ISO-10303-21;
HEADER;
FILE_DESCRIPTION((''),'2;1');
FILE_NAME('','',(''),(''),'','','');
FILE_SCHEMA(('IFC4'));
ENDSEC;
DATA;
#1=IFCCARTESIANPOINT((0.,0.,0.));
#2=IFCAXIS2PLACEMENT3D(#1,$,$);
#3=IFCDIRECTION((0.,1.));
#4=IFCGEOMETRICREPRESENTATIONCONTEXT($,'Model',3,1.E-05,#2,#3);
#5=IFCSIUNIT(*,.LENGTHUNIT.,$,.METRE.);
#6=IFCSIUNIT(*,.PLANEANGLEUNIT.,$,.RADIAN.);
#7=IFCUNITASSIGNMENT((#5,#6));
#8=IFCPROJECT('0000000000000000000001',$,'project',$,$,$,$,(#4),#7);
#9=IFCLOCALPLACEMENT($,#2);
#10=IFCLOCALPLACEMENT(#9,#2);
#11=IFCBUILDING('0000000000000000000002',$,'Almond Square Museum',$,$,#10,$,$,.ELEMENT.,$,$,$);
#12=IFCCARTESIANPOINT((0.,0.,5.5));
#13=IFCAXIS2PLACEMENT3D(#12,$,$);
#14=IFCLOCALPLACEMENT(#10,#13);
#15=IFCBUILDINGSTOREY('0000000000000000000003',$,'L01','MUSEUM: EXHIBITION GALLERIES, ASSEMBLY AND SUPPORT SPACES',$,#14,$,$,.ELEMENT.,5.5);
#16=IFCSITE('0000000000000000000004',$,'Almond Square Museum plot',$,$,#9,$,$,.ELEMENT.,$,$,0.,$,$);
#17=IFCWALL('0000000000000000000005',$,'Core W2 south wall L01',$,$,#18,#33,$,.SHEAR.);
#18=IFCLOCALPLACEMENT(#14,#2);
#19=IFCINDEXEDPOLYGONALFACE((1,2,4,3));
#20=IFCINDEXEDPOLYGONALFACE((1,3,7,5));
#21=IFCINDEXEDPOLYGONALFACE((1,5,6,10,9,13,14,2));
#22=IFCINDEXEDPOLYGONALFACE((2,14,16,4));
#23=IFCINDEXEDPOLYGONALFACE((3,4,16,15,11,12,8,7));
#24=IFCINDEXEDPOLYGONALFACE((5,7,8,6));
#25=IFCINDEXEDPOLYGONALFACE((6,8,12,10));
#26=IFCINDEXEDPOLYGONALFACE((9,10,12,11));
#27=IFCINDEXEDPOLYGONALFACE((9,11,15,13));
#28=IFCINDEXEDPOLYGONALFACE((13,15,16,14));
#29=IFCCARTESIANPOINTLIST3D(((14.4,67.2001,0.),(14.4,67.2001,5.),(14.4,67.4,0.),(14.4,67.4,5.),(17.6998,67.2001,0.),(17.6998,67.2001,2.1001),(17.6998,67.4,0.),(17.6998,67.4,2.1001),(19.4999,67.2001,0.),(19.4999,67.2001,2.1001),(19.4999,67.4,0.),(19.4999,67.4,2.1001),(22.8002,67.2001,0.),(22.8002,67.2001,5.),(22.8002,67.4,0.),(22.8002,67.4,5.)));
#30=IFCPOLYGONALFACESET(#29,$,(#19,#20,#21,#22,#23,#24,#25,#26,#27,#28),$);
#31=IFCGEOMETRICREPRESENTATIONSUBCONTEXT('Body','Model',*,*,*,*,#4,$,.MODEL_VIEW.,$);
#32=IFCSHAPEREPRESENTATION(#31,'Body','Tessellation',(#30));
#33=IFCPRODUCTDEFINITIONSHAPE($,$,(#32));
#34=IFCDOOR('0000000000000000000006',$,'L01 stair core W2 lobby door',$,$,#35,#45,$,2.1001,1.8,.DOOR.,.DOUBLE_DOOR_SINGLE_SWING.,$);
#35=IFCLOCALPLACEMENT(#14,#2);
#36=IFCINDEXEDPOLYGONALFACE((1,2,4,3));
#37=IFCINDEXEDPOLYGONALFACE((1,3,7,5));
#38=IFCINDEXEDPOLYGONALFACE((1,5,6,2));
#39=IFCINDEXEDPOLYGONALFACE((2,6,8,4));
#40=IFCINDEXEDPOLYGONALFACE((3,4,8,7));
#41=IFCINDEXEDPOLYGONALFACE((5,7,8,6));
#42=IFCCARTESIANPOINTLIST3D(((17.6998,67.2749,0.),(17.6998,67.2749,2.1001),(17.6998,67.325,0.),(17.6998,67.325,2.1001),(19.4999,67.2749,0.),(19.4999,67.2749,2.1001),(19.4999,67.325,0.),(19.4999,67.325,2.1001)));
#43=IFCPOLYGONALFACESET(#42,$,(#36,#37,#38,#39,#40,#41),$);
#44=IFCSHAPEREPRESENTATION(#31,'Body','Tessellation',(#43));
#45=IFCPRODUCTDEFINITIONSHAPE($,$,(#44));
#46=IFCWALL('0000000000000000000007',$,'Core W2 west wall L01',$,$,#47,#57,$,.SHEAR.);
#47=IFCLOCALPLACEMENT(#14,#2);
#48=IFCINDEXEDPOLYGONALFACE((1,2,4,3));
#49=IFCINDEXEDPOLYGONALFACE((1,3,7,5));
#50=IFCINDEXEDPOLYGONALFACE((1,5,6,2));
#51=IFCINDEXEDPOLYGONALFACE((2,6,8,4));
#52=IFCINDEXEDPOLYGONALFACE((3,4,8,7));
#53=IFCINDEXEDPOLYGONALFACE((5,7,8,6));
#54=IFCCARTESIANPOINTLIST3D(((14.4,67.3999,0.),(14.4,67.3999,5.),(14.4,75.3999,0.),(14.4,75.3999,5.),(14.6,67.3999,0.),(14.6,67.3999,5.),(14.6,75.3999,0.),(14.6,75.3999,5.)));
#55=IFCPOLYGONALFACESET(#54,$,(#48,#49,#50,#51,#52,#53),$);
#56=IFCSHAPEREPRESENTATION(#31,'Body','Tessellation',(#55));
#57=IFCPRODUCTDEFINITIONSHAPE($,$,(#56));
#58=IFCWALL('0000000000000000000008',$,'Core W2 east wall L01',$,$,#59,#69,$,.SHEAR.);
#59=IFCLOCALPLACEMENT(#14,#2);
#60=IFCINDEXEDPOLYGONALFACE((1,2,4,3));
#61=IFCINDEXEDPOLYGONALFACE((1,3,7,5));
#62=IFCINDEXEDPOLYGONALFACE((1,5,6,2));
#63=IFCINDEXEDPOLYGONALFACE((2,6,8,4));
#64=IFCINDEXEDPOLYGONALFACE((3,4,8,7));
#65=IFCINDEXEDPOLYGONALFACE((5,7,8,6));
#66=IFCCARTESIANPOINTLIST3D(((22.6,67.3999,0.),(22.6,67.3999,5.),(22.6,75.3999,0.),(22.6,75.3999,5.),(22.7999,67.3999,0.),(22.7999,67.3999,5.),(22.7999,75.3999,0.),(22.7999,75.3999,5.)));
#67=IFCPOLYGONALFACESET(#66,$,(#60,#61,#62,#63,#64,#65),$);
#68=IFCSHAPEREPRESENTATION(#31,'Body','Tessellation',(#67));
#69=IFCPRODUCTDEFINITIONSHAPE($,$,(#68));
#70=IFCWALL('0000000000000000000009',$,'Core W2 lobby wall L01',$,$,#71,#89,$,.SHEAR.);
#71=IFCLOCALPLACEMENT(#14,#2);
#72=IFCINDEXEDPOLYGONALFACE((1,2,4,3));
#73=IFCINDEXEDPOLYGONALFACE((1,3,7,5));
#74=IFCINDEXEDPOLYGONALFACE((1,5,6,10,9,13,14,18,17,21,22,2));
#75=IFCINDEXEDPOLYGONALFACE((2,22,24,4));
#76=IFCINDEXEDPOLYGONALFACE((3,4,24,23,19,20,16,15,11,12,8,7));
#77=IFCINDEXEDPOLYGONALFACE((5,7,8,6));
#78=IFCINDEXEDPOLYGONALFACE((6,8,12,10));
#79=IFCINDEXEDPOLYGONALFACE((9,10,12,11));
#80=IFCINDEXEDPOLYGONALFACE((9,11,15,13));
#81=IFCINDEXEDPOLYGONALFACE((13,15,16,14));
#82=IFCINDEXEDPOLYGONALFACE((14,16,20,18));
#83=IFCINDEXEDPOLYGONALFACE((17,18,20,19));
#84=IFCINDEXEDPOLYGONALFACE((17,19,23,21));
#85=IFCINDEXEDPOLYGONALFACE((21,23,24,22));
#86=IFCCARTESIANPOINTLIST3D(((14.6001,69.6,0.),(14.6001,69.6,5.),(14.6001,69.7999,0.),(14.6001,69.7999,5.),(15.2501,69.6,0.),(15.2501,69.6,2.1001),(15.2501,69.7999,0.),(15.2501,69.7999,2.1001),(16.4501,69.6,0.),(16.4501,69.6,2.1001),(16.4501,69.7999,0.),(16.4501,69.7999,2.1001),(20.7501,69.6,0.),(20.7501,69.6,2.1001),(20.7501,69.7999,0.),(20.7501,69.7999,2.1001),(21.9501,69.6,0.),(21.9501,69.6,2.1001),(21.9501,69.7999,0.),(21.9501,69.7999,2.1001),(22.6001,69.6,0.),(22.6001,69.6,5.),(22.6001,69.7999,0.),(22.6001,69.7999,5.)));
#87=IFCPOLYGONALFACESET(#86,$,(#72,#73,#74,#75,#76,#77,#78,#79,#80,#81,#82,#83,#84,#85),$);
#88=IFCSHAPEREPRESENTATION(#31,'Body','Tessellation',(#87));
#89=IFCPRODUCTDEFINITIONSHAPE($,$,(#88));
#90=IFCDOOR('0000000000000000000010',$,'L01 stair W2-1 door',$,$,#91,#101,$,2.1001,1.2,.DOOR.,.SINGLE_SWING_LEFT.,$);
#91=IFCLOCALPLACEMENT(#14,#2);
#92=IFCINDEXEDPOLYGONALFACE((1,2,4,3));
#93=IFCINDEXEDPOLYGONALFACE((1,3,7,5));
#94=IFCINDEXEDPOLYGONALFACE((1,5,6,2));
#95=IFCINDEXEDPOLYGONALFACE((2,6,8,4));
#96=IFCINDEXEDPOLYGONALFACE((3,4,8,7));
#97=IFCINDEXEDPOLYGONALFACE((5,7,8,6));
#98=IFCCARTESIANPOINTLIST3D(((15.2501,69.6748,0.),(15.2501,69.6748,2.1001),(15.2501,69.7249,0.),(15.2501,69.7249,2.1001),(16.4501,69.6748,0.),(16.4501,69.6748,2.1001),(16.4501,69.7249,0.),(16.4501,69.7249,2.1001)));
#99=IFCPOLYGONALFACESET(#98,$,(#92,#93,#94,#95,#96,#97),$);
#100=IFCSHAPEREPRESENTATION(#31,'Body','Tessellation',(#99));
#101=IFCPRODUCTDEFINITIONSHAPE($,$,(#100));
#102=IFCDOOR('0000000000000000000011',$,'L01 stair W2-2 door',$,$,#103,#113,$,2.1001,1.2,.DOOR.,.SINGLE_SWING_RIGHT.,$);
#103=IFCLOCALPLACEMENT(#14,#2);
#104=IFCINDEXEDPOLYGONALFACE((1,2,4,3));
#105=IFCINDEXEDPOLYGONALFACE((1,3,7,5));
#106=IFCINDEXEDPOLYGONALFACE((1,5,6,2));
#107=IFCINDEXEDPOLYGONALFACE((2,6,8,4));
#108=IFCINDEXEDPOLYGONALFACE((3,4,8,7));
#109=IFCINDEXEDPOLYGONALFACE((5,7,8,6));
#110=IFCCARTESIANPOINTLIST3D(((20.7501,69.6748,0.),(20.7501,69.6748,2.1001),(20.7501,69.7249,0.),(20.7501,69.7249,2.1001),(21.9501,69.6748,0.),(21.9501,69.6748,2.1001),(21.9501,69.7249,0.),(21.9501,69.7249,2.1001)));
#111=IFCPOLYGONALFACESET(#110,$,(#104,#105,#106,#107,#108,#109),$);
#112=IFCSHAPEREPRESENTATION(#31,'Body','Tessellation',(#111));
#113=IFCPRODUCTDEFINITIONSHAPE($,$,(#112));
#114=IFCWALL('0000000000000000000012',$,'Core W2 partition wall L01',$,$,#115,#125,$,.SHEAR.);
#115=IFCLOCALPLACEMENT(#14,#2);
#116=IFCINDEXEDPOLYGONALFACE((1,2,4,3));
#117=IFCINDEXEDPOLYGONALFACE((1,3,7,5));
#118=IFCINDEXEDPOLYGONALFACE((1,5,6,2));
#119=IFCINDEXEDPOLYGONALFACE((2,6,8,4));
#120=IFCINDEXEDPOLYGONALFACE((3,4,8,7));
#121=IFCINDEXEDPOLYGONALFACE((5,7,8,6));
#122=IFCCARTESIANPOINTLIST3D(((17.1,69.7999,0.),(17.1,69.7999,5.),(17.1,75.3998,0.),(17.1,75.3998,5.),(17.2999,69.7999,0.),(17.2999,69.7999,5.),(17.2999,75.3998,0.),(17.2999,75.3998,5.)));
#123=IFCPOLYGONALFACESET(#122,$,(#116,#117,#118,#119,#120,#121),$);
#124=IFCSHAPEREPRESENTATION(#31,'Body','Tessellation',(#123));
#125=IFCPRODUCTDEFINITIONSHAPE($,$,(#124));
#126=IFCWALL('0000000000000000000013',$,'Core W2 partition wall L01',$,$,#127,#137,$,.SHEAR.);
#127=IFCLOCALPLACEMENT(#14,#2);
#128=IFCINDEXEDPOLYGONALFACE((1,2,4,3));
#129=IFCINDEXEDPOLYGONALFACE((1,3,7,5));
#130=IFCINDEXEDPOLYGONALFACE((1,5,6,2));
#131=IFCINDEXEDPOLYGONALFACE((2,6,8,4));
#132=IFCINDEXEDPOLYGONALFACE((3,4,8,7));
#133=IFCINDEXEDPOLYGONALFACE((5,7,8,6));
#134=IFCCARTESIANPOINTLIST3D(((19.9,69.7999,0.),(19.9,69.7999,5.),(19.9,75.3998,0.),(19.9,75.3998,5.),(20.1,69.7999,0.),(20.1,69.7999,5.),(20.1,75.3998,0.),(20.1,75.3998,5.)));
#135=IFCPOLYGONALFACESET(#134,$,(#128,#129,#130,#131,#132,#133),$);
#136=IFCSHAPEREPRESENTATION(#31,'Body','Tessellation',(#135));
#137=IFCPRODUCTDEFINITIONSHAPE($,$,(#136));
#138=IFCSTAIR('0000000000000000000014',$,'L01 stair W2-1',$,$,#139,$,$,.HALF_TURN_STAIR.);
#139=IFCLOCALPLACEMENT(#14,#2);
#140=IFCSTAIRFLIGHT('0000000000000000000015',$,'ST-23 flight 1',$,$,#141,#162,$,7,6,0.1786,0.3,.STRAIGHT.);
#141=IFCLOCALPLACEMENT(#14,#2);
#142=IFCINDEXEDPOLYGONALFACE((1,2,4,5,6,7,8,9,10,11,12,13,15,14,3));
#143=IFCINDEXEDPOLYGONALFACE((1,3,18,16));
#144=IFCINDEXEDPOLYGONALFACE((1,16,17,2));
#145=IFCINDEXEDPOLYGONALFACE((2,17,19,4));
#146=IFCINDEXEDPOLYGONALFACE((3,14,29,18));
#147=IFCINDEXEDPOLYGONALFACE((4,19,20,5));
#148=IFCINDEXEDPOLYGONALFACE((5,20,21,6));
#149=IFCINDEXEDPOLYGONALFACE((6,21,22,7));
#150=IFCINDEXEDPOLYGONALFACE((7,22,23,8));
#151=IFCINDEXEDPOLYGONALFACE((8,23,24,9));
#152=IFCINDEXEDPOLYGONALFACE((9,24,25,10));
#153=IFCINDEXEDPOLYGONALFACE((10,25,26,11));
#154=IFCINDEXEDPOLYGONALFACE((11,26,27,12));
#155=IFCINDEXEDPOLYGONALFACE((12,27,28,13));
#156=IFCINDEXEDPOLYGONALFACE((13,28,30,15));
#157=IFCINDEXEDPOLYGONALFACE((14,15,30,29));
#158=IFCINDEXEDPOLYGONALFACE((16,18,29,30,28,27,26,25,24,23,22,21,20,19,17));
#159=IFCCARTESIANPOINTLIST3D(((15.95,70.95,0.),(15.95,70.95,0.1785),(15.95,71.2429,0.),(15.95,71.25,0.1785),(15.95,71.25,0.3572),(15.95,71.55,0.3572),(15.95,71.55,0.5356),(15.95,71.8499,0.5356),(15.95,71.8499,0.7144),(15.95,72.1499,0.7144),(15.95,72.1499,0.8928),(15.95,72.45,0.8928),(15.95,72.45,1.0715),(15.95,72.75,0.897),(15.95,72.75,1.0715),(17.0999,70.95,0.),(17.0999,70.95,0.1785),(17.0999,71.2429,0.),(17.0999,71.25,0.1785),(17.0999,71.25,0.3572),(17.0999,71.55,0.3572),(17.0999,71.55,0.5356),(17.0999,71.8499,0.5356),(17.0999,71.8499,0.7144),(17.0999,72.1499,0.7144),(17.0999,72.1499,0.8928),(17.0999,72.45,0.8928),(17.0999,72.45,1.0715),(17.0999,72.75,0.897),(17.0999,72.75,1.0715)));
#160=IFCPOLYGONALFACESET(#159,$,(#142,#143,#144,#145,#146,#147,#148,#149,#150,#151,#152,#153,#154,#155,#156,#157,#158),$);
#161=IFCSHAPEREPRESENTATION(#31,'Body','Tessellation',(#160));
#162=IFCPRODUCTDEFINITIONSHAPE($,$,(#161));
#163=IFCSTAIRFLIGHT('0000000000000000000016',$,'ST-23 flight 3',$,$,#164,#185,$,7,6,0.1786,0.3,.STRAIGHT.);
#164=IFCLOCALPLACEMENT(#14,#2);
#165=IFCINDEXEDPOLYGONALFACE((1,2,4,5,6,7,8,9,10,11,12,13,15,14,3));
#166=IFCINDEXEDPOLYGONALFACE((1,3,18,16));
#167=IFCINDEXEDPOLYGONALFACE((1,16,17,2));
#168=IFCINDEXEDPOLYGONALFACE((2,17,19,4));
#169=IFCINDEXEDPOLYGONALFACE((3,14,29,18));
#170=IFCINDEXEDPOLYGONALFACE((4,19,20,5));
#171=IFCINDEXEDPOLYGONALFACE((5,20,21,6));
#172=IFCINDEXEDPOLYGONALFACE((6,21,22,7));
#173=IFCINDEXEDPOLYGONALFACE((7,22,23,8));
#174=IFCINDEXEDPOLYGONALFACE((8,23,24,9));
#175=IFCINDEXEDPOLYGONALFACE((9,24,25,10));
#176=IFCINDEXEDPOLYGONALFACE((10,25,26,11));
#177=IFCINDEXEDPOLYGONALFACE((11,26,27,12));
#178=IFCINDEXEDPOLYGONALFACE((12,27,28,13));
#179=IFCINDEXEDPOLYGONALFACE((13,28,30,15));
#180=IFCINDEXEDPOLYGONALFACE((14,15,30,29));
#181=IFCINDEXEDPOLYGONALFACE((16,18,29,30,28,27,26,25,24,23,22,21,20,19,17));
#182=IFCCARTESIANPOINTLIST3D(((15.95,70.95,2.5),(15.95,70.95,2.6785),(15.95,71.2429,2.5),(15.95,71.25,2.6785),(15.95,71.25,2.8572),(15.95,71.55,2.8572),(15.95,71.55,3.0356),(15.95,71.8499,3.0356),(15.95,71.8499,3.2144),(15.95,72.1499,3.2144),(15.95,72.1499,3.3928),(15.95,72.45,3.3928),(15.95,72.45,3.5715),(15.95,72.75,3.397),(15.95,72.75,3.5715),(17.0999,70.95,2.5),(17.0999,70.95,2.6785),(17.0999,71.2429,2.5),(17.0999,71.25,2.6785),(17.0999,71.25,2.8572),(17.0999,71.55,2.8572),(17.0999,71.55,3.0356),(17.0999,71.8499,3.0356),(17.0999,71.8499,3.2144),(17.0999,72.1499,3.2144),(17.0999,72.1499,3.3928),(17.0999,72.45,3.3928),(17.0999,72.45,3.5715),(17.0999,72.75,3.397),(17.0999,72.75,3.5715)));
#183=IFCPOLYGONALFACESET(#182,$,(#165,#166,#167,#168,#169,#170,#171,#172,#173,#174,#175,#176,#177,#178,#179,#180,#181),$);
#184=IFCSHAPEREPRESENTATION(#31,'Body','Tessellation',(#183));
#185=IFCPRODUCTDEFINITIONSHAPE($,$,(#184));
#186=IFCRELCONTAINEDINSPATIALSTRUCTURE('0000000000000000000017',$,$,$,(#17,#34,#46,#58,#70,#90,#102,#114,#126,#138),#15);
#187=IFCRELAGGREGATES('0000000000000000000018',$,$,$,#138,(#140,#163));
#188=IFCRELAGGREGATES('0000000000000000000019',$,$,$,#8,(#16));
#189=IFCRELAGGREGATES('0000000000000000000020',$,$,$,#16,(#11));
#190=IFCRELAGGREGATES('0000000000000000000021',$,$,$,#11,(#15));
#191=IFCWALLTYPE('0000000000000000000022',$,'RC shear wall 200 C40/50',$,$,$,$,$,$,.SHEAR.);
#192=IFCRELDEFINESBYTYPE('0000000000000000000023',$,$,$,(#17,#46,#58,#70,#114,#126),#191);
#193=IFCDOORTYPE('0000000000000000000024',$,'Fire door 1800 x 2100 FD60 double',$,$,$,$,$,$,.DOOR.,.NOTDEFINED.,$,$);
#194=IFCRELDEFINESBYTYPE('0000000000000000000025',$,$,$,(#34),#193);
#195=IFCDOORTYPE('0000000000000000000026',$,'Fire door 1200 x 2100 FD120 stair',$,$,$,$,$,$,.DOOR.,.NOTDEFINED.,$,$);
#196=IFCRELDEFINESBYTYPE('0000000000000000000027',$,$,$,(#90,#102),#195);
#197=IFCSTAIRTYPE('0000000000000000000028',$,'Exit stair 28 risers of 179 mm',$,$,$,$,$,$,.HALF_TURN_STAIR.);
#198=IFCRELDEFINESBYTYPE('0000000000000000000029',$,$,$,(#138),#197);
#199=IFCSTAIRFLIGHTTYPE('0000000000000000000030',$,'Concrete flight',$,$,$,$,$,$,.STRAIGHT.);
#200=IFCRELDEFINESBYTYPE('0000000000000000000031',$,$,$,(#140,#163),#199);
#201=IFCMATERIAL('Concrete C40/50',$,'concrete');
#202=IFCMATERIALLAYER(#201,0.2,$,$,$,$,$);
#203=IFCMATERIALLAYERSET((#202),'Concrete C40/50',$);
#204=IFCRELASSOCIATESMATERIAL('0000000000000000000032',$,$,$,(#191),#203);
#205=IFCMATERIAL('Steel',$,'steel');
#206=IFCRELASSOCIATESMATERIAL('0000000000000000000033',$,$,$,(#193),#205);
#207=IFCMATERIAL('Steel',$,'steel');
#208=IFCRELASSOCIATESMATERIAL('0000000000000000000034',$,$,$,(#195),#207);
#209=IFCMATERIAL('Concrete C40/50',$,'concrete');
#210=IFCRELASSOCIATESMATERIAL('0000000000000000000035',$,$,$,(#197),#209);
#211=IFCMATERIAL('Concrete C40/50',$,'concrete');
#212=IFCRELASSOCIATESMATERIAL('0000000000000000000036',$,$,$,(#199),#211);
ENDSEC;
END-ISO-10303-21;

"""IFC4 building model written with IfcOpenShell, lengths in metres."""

from ifc_helpers import new_model, si_unit, direction, frame, frame_2d, origin, place, context, subcontext, project, spatial, polyline, rectangle, outline, extrude, material, layer, layer_set, type_object, element, fill, aggregate, save


model = new_model("IFC4")

# Units and contexts
model_context = context("Model", 3, precision=1e-05, world=origin(), true_north=direction((0.0, 1.0)))
body_context = subcontext(model_context, "Body", "Model", "MODEL_VIEW")
ifc_project = project(units=[si_unit("LENGTHUNIT", "METRE"), si_unit("PLANEANGLEUNIT", "RADIAN")], contexts=[model_context])

# Site, building, storey
site_placement = place(None, origin())
site = spatial("IfcSite", under=ifc_project, at=site_placement, Name="Almond Square Museum plot", CompositionType="ELEMENT", RefElevation=0.0)
building_placement = place(site_placement, origin())
building = spatial("IfcBuilding", under=site, at=building_placement, Name="Almond Square Museum", CompositionType="ELEMENT")
storey_placement = place(building_placement, frame((0.0, 0.0, 5.5)))
storey = spatial("IfcBuildingStorey", under=building, at=storey_placement, Name="L01", Description="MUSEUM: EXHIBITION GALLERIES, ASSEMBLY AND SUPPORT SPACES", CompositionType="ELEMENT", Elevation=5.5)

# Wall, opening, door
ifc_material_1 = material(Name="Concrete C40/50", Category="concrete")
ifc_layer = layer(ifc_material_1, 0.2)
ifc_layer_set = layer_set([ifc_layer], Name="Concrete C40/50")
wall_type = type_object("IfcWallType", Name="RC shear wall 200 C40/50", PredefinedType="SHEAR", material=ifc_layer_set)
wall_1_placement = place(storey_placement, frame((14.3999, 67.3, 0.0), z_axis=(0.0, 0.0, 1.0), x_axis=(1.0, 0.0, 0.0)))
wall_1 = element("IfcWall", 1, at=wall_1_placement, inside=storey, type_object=wall_type, Name="Core W2 south wall L01", PredefinedType="SHEAR", context=body_context, shape_type="SweptSolid", body=[
    extrude(rectangle(XDim=8.4001, YDim=0.2, at=frame_2d((4.2002, 0.0))), origin(), (0.0, 0.0, 1.0), 5.0),
])
opening_1_placement = place(wall_1_placement, frame((3.3, 0.0, 0.0)))
opening_1 = element("IfcOpeningElement", 2, at=opening_1_placement, cuts=wall_1, PredefinedType="OPENING", context=body_context, shape_type="SweptSolid", body=[
    extrude(rectangle(XDim=1.8, YDim=2.1001, at=frame_2d((0.8999, 1.05))), frame((0.0, 0.1099, 0.0), z_axis=(0.0, -1.0, 0.0), x_axis=(1.0, 0.0, 0.0)), (0.0, 0.0, 1.0), 0.22),
])
ifc_material_2 = material(Name="Steel", Category="steel")
door_type_1 = type_object("IfcDoorType", Name="Fire door 1800 x 2100 FD60 double", OperationType="NOTDEFINED", PredefinedType="DOOR", material=ifc_material_2)
door_1_placement = place(opening_1_placement, origin())
door_1 = element("IfcDoor", 3, at=door_1_placement, inside=storey, type_object=door_type_1, Name="L01 stair core W2 lobby door", OperationType="DOUBLE_DOOR_SINGLE_SWING", OverallHeight=2.1001, OverallWidth=1.8, PredefinedType="DOOR", context=body_context, shape_type="SweptSolid", body=[
    extrude(rectangle(XDim=1.8, YDim=2.1001, at=frame_2d((0.8999, 1.05))), frame((0.0, 0.0249, 0.0), z_axis=(0.0, -1.0, 0.0), x_axis=(1.0, 0.0, 0.0)), (0.0, 0.0, 1.0), 0.05),
])
fill(opening_1, door_1)

# Walls
for number, where, z_axis, x_axis, name in (
    (4, (14.5, 67.3999, 0.0), (0.0, 0.0, 1.0), (0.0, 1.0, 0.0), "Core W2 west wall L01"),
    (5, (22.7, 67.3999, 0.0), (0.0, 0.0, 1.0), (0.0, 1.0, 0.0), "Core W2 east wall L01"),
):
    element("IfcWall", number, at=place(storey_placement, frame(where, z_axis=z_axis, x_axis=x_axis)), inside=storey, type_object=wall_type, Name=name, PredefinedType="SHEAR", context=body_context, shape_type="SweptSolid", body=[
        extrude(rectangle(XDim=8.0, YDim=0.2, at=frame_2d((4.0, 0.0))), origin(), (0.0, 0.0, 1.0), 5.0),
    ])

# Wall, openings, doors
wall_2_placement = place(storey_placement, frame((14.6001, 69.7, 0.0), z_axis=(0.0, 0.0, 1.0), x_axis=(1.0, 0.0, 0.0)))
wall_2 = element("IfcWall", 6, at=wall_2_placement, inside=storey, type_object=wall_type, Name="Core W2 lobby wall L01", PredefinedType="SHEAR", context=body_context, shape_type="SweptSolid", body=[
    extrude(rectangle(XDim=8.0, YDim=0.2, at=frame_2d((4.0, 0.0))), origin(), (0.0, 0.0, 1.0), 5.0),
])
opening_2_placement = place(wall_2_placement, frame((0.6499, 0.0, 0.0)))
opening_2 = element("IfcOpeningElement", 7, at=opening_2_placement, cuts=wall_2, PredefinedType="OPENING", context=body_context, shape_type="SweptSolid", body=[
    extrude(rectangle(XDim=1.2, YDim=2.1001, at=frame_2d((0.6001, 1.05))), frame((0.0, 0.1099, 0.0), z_axis=(0.0, -1.0, 0.0), x_axis=(1.0, 0.0, 0.0)), (0.0, 0.0, 1.0), 0.22),
])
opening_3_placement = place(wall_2_placement, frame((6.1499, 0.0, 0.0)))
opening_3 = element("IfcOpeningElement", 8, at=opening_3_placement, cuts=wall_2, PredefinedType="OPENING", context=body_context, shape_type="SweptSolid", body=[
    extrude(rectangle(XDim=1.2, YDim=2.1001, at=frame_2d((0.6001, 1.05))), frame((0.0, 0.1099, 0.0), z_axis=(0.0, -1.0, 0.0), x_axis=(1.0, 0.0, 0.0)), (0.0, 0.0, 1.0), 0.22),
])
ifc_material_3 = material(Name="Steel", Category="steel")
door_type_2 = type_object("IfcDoorType", Name="Fire door 1200 x 2100 FD120 stair", OperationType="NOTDEFINED", PredefinedType="DOOR", material=ifc_material_3)
door_2_placement = place(opening_2_placement, origin())
door_2 = element("IfcDoor", 9, at=door_2_placement, inside=storey, type_object=door_type_2, Name="L01 stair W2-1 door", OperationType="SINGLE_SWING_LEFT", OverallHeight=2.1001, OverallWidth=1.2, PredefinedType="DOOR", context=body_context, shape_type="SweptSolid", body=[
    extrude(rectangle(XDim=1.2, YDim=2.1001, at=frame_2d((0.6001, 1.05))), frame((0.0, 0.0249, 0.0), z_axis=(0.0, -1.0, 0.0), x_axis=(1.0, 0.0, 0.0)), (0.0, 0.0, 1.0), 0.05),
])
fill(opening_2, door_2)
door_3_placement = place(opening_3_placement, origin())
door_3 = element("IfcDoor", 10, at=door_3_placement, inside=storey, type_object=door_type_2, Name="L01 stair W2-2 door", OperationType="SINGLE_SWING_RIGHT", OverallHeight=2.1001, OverallWidth=1.2, PredefinedType="DOOR", context=body_context, shape_type="SweptSolid", body=[
    extrude(rectangle(XDim=1.2, YDim=2.1001, at=frame_2d((0.6001, 1.05))), frame((0.0, 0.0249, 0.0), z_axis=(0.0, -1.0, 0.0), x_axis=(1.0, 0.0, 0.0)), (0.0, 0.0, 1.0), 0.05),
])
fill(opening_3, door_3)

# Walls
for number, where, z_axis, x_axis, name in (
    (11, (17.2, 69.8, 0.0), (0.0, 0.0, 1.0), (0.0, 1.0, 0.0), "Core W2 partition wall L01"),
    (12, (20.0, 69.8, 0.0), (0.0, 0.0, 1.0), (0.0, 1.0, 0.0), "Core W2 partition wall L01"),
):
    element("IfcWall", number, at=place(storey_placement, frame(where, z_axis=z_axis, x_axis=x_axis)), inside=storey, type_object=wall_type, Name=name, PredefinedType="SHEAR", context=body_context, shape_type="SweptSolid", body=[
        extrude(rectangle(XDim=5.5999, YDim=0.2, at=frame_2d((2.7998, 0.0))), origin(), (0.0, 0.0, 1.0), 5.0),
    ])

# Stair, stair flights
ifc_material_4 = material(Name="Concrete C40/50", Category="concrete")
stair_type = type_object("IfcStairType", Name="Exit stair 28 risers of 179 mm", PredefinedType="HALF_TURN_STAIR", material=ifc_material_4)
stair_1_placement = place(storey_placement, origin())
stair_1 = element("IfcStair", 13, at=stair_1_placement, inside=storey, type_object=stair_type, Name="L01 stair W2-1", PredefinedType="HALF_TURN_STAIR")
ifc_material_5 = material(Name="Concrete C40/50", Category="concrete")
stair_flight_type = type_object("IfcStairFlightType", Name="Concrete flight", PredefinedType="STRAIGHT", material=ifc_material_5)
stair_flight_1_placement = place(storey_placement, frame((16.5249, 70.95, 0.0), z_axis=(0.0, 0.0, 1.0), x_axis=(0.0, 1.0, 0.0)))
stair_flight_1 = element("IfcStairFlight", 14, at=stair_flight_1_placement, type_object=stair_flight_type, Name="ST-23 flight 1", NumberOfRisers=7, NumberOfTreads=6, PredefinedType="STRAIGHT", RiserHeight=0.1786, TreadLength=0.3, context=body_context, shape_type="SweptSolid", body=[
    extrude(outline(polyline([(0.0, 0.0), (0.0, 0.1785), (0.3, 0.1785), (0.3, 0.3572), (0.6001, 0.3572), (0.6001, 0.5356), (0.8999, 0.5356), (0.8999, 0.7144), (1.2, 0.7144), (1.2, 0.8928), (1.5, 0.8928), (1.5, 1.0715), (1.8, 1.0715), (1.8, 1.25), (1.8, 0.897), (0.293, 0.0), (0.0, 0.0)])), frame((0.0, 0.575, 0.0), z_axis=(0.0, -1.0, 0.0), x_axis=(1.0, 0.0, 0.0)), (0.0, 0.0, 1.0), 1.1499),
])
stair_flight_2_placement = place(storey_placement, frame((16.5249, 70.95, 2.5), z_axis=(0.0, 0.0, 1.0), x_axis=(0.0, 1.0, 0.0)))
stair_flight_2 = element("IfcStairFlight", 15, at=stair_flight_2_placement, type_object=stair_flight_type, Name="ST-23 flight 3", NumberOfRisers=7, NumberOfTreads=6, PredefinedType="STRAIGHT", RiserHeight=0.1786, TreadLength=0.3, context=body_context, shape_type="SweptSolid", body=[
    extrude(outline(polyline([(0.0, 0.0), (0.0, 0.1785), (0.3, 0.1785), (0.3, 0.3572), (0.6001, 0.3572), (0.6001, 0.5356), (0.8999, 0.5356), (0.8999, 0.7144), (1.2, 0.7144), (1.2, 0.8928), (1.5, 0.8928), (1.5, 1.0715), (1.8, 1.0715), (1.8, 1.25), (1.8, 0.897), (0.293, 0.0), (0.0, 0.0)])), frame((0.0, 0.575, 0.0), z_axis=(0.0, -1.0, 0.0), x_axis=(1.0, 0.0, 0.0)), (0.0, 0.0, 1.0), 1.1499),
])
aggregate(stair_1, [stair_flight_1, stair_flight_2])

save(model, "model.ifc")
